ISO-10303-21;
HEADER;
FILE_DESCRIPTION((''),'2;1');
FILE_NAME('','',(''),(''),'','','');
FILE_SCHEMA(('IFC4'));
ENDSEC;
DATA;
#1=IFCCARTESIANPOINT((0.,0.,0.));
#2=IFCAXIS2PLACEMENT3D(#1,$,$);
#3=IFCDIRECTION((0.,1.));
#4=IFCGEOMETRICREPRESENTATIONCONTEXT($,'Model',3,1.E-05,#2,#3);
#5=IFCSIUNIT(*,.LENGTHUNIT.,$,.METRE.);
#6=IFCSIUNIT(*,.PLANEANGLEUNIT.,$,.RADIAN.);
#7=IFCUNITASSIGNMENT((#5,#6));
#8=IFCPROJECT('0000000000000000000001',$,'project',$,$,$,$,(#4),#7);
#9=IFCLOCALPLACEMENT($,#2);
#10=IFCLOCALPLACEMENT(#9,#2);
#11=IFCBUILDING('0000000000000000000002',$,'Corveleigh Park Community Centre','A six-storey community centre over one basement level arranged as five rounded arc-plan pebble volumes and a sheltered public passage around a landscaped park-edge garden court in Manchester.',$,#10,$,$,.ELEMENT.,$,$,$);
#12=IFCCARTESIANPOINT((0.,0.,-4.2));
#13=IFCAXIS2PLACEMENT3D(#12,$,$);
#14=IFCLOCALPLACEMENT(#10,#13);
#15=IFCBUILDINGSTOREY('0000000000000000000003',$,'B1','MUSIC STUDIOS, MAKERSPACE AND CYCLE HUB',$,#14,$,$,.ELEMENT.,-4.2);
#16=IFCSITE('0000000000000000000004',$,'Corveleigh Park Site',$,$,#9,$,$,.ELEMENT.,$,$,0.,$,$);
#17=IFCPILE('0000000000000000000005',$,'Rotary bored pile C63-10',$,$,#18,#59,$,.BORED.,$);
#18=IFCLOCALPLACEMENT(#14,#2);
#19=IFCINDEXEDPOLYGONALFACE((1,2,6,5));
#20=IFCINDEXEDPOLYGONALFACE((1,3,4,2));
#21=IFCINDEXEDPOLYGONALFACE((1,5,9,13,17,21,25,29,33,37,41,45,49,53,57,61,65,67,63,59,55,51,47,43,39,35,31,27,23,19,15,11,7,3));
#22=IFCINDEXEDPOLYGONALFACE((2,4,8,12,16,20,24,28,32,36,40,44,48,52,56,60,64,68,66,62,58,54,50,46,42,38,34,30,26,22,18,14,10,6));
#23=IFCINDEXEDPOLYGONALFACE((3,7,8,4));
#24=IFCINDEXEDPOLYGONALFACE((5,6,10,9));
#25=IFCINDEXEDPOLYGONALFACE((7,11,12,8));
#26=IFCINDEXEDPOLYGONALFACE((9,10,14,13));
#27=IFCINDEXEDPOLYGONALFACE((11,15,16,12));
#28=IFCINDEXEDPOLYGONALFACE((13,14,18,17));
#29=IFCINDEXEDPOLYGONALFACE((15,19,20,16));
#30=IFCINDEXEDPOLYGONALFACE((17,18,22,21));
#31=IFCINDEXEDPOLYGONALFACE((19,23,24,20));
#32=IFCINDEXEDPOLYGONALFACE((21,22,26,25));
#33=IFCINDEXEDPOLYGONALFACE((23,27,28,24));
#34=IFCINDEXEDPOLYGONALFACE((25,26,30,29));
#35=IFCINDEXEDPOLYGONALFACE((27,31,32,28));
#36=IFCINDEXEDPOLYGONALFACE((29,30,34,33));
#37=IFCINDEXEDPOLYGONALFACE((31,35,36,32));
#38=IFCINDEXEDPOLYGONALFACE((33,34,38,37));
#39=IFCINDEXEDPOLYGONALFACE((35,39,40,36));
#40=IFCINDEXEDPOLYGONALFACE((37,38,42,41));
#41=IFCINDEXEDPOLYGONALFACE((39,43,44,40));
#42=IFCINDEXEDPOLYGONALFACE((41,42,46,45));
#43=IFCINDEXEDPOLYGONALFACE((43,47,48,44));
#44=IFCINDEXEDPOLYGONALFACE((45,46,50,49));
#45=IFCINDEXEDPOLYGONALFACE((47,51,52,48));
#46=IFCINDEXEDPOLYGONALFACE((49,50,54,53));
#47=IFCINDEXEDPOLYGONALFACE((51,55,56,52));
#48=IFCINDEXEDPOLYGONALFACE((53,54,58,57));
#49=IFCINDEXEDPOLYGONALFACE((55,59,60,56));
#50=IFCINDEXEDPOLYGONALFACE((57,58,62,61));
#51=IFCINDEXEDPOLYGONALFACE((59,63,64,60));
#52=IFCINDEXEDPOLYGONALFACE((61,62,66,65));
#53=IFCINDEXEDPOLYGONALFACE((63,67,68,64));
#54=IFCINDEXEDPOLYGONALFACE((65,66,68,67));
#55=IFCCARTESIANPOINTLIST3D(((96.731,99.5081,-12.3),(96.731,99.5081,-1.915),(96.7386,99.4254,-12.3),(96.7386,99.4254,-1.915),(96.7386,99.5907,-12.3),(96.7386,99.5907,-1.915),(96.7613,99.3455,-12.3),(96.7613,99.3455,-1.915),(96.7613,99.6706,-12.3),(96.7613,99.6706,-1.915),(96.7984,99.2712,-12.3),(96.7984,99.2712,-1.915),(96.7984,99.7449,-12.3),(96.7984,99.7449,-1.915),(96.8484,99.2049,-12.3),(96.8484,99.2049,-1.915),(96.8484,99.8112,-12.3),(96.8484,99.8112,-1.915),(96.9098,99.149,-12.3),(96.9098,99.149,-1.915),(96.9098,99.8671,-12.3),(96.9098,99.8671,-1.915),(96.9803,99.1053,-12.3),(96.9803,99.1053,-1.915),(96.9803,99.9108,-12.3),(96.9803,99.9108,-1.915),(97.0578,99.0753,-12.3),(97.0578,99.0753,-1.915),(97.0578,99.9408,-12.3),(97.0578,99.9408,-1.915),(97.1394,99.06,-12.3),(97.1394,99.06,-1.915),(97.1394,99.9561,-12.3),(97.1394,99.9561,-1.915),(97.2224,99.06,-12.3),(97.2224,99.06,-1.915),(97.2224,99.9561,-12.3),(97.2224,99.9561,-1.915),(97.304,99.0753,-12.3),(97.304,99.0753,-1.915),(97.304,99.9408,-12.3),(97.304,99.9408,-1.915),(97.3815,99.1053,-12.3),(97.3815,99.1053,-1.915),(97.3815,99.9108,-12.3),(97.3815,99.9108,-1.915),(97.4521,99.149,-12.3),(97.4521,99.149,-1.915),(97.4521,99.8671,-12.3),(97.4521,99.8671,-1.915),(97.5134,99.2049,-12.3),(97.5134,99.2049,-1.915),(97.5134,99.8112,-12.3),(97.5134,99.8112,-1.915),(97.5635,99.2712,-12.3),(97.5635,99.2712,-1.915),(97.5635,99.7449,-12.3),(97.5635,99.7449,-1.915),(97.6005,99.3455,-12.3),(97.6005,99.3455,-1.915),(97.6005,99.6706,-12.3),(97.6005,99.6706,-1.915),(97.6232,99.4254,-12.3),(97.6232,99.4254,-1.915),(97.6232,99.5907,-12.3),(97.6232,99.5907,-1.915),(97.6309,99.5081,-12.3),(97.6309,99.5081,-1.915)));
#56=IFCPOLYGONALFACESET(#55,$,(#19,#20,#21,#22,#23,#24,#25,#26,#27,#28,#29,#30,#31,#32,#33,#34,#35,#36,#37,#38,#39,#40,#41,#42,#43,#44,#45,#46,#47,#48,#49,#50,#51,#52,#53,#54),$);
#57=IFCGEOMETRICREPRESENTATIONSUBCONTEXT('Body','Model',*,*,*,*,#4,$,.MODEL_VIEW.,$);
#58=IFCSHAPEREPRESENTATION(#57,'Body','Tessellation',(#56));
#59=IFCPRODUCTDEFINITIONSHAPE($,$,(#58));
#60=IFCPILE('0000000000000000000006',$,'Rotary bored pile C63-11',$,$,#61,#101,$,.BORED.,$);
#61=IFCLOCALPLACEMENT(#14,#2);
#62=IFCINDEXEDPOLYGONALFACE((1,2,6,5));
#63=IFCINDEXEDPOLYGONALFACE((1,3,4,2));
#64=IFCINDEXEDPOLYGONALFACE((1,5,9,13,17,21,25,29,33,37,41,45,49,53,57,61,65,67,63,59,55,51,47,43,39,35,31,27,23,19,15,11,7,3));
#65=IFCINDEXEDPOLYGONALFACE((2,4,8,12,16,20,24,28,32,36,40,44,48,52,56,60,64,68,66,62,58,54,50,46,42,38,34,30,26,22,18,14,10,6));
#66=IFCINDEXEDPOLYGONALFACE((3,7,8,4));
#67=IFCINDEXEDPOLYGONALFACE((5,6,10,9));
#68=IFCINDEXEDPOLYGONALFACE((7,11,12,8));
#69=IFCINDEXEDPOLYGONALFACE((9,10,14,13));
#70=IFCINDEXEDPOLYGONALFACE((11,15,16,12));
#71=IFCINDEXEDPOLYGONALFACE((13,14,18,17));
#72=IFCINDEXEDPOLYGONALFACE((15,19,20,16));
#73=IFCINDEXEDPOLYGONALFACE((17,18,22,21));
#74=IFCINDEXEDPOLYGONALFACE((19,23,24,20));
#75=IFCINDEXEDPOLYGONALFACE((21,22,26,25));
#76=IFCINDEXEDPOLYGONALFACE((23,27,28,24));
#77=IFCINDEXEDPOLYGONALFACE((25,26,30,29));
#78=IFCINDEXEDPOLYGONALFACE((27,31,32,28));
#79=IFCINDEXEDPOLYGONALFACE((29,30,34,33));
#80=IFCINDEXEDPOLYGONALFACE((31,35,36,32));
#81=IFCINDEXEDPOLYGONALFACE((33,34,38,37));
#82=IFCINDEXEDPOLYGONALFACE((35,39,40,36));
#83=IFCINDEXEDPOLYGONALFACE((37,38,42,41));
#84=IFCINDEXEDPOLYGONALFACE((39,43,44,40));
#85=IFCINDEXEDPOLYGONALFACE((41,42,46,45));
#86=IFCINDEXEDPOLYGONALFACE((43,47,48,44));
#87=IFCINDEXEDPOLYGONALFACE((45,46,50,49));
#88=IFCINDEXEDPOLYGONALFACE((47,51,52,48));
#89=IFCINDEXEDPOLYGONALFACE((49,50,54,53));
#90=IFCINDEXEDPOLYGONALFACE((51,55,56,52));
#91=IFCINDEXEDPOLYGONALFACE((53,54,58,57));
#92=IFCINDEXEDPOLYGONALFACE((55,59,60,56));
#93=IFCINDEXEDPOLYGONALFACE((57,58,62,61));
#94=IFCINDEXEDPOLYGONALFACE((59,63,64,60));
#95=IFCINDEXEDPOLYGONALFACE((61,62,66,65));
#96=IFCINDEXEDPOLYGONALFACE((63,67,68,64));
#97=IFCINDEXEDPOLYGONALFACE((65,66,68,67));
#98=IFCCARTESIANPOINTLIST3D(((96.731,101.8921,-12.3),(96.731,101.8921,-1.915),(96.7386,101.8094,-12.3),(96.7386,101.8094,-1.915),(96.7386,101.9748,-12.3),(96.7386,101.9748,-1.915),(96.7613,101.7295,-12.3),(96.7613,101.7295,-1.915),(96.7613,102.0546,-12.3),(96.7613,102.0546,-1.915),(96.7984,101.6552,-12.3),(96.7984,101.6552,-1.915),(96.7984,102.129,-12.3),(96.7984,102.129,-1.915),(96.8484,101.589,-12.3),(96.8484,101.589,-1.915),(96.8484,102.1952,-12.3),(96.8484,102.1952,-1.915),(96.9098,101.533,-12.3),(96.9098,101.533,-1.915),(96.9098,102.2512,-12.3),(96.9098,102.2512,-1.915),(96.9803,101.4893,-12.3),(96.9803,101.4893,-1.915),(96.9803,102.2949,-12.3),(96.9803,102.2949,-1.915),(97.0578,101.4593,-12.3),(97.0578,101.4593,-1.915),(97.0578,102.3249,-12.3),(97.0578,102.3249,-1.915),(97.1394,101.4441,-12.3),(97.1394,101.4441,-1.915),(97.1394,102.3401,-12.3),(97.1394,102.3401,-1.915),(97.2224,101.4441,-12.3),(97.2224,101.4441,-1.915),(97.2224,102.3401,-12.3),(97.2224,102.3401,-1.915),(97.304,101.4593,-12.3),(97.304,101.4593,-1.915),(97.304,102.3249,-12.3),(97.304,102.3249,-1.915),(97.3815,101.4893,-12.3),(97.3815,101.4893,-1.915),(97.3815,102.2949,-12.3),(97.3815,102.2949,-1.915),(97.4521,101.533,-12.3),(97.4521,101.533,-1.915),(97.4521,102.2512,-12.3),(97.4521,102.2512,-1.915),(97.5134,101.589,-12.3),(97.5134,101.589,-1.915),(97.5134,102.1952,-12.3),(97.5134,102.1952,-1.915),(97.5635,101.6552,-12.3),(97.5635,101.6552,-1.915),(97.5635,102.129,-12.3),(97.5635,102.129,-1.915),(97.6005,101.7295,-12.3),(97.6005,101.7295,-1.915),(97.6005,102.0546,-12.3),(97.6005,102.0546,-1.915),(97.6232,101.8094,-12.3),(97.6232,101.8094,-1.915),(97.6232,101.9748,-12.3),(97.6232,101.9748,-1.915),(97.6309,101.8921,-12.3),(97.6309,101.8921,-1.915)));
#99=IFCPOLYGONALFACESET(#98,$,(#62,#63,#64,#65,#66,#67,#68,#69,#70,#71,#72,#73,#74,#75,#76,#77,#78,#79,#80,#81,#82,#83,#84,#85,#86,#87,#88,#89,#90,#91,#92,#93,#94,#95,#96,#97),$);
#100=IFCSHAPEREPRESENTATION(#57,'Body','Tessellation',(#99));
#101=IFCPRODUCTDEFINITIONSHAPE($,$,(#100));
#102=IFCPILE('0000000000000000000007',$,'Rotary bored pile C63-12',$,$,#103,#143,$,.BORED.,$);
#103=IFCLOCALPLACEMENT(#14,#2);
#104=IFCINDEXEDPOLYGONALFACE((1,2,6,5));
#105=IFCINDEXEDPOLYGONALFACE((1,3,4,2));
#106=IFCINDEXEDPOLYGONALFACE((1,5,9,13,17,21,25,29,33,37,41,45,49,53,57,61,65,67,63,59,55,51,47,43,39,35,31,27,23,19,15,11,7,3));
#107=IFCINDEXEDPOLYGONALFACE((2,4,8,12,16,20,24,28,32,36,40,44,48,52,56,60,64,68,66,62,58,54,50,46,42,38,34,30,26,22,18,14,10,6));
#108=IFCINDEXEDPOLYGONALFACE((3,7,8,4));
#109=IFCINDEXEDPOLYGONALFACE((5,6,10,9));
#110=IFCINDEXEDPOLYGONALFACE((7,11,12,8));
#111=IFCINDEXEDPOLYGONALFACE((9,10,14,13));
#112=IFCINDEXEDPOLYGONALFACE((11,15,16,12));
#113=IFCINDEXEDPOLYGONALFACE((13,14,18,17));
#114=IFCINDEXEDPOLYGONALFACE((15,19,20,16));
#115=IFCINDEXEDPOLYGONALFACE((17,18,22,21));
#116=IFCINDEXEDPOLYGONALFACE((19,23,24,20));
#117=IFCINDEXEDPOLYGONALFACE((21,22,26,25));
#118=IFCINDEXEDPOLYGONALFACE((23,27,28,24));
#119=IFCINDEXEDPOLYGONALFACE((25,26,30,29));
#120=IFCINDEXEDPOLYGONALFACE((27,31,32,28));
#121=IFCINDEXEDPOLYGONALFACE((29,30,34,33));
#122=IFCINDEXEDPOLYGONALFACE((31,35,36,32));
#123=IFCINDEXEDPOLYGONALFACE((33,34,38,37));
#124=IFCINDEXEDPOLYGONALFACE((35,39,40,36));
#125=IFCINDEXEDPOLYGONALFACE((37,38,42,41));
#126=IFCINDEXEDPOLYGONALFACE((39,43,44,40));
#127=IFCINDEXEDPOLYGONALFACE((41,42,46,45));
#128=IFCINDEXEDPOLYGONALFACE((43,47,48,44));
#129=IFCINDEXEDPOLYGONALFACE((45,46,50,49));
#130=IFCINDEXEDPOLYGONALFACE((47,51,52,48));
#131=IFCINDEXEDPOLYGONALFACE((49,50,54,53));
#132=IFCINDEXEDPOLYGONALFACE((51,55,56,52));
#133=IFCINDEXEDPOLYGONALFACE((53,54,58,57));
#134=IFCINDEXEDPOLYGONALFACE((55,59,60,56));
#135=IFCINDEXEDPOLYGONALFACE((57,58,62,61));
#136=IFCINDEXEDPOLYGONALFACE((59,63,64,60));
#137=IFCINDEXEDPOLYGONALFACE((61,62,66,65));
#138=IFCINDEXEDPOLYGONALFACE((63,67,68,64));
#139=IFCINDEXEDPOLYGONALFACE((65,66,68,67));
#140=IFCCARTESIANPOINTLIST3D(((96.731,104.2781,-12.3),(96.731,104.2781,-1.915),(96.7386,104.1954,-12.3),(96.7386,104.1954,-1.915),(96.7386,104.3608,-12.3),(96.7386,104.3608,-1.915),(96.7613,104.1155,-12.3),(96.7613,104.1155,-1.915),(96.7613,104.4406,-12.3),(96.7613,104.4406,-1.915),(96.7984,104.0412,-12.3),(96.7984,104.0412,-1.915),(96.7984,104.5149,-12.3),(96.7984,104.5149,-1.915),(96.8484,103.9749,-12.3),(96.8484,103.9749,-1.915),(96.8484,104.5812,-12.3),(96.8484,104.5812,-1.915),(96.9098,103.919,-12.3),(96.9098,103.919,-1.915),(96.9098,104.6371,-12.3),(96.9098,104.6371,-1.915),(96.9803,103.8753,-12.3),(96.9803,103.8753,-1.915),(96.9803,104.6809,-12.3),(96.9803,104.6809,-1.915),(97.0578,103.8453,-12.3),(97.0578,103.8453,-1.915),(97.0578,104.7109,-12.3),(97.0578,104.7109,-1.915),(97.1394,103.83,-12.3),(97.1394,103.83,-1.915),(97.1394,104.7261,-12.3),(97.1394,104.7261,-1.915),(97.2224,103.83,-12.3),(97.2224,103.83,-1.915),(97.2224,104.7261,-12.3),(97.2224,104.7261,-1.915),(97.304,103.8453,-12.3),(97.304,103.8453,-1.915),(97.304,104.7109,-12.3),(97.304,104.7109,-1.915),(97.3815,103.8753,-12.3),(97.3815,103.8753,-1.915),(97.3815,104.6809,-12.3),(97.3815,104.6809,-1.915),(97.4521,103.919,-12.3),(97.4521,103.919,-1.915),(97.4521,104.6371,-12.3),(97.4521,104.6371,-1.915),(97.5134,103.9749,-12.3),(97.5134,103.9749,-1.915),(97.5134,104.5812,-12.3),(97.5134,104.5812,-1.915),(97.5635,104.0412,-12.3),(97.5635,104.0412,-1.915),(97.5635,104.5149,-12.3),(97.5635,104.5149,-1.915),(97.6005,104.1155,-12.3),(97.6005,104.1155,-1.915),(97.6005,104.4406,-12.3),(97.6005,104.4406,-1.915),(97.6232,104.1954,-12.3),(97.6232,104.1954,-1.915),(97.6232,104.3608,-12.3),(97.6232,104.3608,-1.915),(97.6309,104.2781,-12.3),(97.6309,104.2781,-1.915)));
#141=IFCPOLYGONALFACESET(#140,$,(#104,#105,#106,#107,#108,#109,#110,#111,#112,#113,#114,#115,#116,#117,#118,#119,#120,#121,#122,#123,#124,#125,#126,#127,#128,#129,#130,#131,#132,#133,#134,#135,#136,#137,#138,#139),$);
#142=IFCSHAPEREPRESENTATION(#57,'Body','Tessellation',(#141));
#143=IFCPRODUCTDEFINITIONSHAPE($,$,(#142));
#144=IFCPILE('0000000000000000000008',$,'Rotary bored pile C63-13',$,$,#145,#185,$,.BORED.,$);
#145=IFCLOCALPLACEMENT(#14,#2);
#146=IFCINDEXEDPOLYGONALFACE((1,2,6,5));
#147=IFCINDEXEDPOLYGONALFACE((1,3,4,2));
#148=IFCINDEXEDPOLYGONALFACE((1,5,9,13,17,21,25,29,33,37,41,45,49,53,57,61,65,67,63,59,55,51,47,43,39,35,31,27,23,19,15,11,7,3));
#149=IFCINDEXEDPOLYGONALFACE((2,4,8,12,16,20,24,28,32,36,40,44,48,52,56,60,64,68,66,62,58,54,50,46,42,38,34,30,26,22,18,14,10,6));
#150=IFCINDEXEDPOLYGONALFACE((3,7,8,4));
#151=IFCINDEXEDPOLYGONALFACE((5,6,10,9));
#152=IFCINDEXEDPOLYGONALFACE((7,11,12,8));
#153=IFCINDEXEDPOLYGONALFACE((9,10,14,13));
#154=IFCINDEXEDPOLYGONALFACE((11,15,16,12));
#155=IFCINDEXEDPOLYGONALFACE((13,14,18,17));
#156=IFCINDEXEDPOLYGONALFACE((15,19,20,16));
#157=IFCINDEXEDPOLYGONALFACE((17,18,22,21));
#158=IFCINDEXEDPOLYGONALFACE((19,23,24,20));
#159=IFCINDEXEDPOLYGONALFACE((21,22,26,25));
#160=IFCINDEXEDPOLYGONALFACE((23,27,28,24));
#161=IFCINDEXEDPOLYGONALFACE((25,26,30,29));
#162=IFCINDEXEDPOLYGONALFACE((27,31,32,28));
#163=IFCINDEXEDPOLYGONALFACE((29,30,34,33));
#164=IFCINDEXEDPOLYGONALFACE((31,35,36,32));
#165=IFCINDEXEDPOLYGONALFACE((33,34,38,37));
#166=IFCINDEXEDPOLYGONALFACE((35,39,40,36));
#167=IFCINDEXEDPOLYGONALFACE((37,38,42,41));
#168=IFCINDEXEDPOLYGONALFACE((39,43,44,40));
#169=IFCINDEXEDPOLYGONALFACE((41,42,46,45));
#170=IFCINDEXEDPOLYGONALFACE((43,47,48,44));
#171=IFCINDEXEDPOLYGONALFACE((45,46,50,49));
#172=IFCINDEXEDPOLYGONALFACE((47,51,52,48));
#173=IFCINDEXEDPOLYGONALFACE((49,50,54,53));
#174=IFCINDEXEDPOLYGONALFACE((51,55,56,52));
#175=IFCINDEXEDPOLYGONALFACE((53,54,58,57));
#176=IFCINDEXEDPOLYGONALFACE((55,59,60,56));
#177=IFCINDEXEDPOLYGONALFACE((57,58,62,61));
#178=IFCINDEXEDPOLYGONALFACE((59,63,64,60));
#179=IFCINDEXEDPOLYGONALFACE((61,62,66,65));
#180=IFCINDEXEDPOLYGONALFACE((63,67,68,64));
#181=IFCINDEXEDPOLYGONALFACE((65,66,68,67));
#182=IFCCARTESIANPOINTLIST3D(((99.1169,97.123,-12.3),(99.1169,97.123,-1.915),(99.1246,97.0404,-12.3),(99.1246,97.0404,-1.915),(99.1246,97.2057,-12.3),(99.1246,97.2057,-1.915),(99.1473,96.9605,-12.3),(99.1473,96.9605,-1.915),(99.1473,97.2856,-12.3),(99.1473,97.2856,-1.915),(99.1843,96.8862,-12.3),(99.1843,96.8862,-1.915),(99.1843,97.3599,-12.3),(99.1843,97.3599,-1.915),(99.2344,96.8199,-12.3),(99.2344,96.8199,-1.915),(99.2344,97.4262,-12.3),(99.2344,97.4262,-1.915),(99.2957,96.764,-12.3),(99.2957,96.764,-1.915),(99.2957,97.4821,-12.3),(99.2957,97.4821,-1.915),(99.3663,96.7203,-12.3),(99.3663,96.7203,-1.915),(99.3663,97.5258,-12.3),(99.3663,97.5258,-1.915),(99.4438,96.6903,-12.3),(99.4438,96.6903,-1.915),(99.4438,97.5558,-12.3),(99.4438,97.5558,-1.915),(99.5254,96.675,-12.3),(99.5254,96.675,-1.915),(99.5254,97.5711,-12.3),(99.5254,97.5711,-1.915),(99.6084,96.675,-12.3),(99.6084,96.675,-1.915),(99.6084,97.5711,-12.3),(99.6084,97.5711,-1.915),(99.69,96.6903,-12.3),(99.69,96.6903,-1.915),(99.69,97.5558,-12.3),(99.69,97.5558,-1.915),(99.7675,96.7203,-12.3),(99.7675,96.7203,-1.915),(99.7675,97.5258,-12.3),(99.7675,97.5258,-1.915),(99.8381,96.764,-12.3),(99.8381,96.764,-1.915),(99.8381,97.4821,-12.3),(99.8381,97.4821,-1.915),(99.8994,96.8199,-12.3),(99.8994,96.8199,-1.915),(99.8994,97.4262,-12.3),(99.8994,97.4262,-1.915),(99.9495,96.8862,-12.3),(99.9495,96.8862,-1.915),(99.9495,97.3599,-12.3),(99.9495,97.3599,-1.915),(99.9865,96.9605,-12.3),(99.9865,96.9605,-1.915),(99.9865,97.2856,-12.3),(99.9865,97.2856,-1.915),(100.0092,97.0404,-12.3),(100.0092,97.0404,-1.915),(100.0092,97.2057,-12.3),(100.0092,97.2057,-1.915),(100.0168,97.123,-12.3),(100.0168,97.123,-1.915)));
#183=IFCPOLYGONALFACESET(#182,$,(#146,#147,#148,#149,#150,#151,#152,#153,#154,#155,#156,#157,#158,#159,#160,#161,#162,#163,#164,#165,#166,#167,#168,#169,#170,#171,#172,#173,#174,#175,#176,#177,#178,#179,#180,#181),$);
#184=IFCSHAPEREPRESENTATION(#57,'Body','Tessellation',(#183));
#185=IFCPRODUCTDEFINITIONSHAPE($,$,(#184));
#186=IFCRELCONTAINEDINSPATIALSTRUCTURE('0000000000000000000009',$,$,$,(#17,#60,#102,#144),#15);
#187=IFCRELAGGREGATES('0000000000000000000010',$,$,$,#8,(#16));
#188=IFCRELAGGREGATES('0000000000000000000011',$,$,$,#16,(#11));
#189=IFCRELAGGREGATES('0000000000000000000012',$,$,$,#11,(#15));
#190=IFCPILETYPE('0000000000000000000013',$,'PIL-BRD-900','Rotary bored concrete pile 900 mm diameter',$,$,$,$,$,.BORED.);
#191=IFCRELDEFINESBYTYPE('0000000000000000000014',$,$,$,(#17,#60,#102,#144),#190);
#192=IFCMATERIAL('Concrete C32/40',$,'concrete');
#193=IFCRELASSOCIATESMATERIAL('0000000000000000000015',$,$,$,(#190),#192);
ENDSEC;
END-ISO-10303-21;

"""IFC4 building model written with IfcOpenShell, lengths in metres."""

from ifc_helpers import new_model, si_unit, direction, frame, origin, origin_2d, place, context, subcontext, project, spatial, circle, extrude, material, material_profile, profile_set, type_object, element, save


model = new_model("IFC4")

# Units and contexts
model_context = context("Model", 3, precision=1e-05, world=origin(), true_north=direction((0.0, 1.0)))
body_context = subcontext(model_context, "Body", "Model", "MODEL_VIEW")
ifc_project = project(units=[si_unit("LENGTHUNIT", "METRE"), si_unit("PLANEANGLEUNIT", "RADIAN")], contexts=[model_context])

# Site, building, storey
site_placement = place(None, origin())
site = spatial("IfcSite", under=ifc_project, at=site_placement, Name="Corveleigh Park Site", CompositionType="ELEMENT", RefElevation=0.0)
building_placement = place(site_placement, origin())
building = spatial("IfcBuilding", under=site, at=building_placement, Name="Corveleigh Park Community Centre", Description="A six-storey community centre over one basement level arranged as five rounded arc-plan pebble volumes and a sheltered public passage around a landscaped park-edge garden court in Manchester.", CompositionType="ELEMENT")
storey_placement = place(building_placement, frame((0.0, 0.0, -4.2)))
storey = spatial("IfcBuildingStorey", under=building, at=storey_placement, Name="B1", Description="MUSIC STUDIOS, MAKERSPACE AND CYCLE HUB", CompositionType="ELEMENT", Elevation=-4.2)

# Piles
ifc_material_1 = material(Name="Concrete C32/40", Category="concrete")
ifc_material_profile_1 = material_profile(ifc_material_1, circle(Radius=0.45, at=origin_2d()), Name="BORED-PILE-900", Category="concrete")
ifc_profile_set_1 = profile_set([ifc_material_profile_1], Name="Concrete C32/40")
pile_type_1 = type_object("IfcPileType", Name="PIL-BRD-900", Description="Rotary bored concrete pile 900 mm diameter", PredefinedType="BORED", material=ifc_profile_set_1)
for number, where, z_axis, x_axis, name in (
    (1, (97.1809, 99.5081, -1.915), (0.0, 0.0, -1.0), (1.0, 0.0, 0.0), "Rotary bored pile C63-10"),
    (2, (97.1809, 101.8921, -1.915), (0.0, 0.0, -1.0), (1.0, 0.0, 0.0), "Rotary bored pile C63-11"),
    (3, (97.1809, 104.2781, -1.915), (0.0, 0.0, -1.0), (1.0, 0.0, 0.0), "Rotary bored pile C63-12"),
    (4, (99.5669, 97.123, -1.915), (0.0, 0.0, -1.0), (1.0, 0.0, 0.0), "Rotary bored pile C63-13"),
):
    element("IfcPile", number, at=place(storey_placement, frame(where, z_axis=z_axis, x_axis=x_axis)), inside=storey, type_object=pile_type_1, Name=name, PredefinedType="BORED", context=body_context, shape_type="SweptSolid", body=[
        extrude(circle(Radius=0.45, at=origin_2d()), origin(), (0.0, 0.0, 1.0), 10.385),
    ])

save(model, "model.ifc")
